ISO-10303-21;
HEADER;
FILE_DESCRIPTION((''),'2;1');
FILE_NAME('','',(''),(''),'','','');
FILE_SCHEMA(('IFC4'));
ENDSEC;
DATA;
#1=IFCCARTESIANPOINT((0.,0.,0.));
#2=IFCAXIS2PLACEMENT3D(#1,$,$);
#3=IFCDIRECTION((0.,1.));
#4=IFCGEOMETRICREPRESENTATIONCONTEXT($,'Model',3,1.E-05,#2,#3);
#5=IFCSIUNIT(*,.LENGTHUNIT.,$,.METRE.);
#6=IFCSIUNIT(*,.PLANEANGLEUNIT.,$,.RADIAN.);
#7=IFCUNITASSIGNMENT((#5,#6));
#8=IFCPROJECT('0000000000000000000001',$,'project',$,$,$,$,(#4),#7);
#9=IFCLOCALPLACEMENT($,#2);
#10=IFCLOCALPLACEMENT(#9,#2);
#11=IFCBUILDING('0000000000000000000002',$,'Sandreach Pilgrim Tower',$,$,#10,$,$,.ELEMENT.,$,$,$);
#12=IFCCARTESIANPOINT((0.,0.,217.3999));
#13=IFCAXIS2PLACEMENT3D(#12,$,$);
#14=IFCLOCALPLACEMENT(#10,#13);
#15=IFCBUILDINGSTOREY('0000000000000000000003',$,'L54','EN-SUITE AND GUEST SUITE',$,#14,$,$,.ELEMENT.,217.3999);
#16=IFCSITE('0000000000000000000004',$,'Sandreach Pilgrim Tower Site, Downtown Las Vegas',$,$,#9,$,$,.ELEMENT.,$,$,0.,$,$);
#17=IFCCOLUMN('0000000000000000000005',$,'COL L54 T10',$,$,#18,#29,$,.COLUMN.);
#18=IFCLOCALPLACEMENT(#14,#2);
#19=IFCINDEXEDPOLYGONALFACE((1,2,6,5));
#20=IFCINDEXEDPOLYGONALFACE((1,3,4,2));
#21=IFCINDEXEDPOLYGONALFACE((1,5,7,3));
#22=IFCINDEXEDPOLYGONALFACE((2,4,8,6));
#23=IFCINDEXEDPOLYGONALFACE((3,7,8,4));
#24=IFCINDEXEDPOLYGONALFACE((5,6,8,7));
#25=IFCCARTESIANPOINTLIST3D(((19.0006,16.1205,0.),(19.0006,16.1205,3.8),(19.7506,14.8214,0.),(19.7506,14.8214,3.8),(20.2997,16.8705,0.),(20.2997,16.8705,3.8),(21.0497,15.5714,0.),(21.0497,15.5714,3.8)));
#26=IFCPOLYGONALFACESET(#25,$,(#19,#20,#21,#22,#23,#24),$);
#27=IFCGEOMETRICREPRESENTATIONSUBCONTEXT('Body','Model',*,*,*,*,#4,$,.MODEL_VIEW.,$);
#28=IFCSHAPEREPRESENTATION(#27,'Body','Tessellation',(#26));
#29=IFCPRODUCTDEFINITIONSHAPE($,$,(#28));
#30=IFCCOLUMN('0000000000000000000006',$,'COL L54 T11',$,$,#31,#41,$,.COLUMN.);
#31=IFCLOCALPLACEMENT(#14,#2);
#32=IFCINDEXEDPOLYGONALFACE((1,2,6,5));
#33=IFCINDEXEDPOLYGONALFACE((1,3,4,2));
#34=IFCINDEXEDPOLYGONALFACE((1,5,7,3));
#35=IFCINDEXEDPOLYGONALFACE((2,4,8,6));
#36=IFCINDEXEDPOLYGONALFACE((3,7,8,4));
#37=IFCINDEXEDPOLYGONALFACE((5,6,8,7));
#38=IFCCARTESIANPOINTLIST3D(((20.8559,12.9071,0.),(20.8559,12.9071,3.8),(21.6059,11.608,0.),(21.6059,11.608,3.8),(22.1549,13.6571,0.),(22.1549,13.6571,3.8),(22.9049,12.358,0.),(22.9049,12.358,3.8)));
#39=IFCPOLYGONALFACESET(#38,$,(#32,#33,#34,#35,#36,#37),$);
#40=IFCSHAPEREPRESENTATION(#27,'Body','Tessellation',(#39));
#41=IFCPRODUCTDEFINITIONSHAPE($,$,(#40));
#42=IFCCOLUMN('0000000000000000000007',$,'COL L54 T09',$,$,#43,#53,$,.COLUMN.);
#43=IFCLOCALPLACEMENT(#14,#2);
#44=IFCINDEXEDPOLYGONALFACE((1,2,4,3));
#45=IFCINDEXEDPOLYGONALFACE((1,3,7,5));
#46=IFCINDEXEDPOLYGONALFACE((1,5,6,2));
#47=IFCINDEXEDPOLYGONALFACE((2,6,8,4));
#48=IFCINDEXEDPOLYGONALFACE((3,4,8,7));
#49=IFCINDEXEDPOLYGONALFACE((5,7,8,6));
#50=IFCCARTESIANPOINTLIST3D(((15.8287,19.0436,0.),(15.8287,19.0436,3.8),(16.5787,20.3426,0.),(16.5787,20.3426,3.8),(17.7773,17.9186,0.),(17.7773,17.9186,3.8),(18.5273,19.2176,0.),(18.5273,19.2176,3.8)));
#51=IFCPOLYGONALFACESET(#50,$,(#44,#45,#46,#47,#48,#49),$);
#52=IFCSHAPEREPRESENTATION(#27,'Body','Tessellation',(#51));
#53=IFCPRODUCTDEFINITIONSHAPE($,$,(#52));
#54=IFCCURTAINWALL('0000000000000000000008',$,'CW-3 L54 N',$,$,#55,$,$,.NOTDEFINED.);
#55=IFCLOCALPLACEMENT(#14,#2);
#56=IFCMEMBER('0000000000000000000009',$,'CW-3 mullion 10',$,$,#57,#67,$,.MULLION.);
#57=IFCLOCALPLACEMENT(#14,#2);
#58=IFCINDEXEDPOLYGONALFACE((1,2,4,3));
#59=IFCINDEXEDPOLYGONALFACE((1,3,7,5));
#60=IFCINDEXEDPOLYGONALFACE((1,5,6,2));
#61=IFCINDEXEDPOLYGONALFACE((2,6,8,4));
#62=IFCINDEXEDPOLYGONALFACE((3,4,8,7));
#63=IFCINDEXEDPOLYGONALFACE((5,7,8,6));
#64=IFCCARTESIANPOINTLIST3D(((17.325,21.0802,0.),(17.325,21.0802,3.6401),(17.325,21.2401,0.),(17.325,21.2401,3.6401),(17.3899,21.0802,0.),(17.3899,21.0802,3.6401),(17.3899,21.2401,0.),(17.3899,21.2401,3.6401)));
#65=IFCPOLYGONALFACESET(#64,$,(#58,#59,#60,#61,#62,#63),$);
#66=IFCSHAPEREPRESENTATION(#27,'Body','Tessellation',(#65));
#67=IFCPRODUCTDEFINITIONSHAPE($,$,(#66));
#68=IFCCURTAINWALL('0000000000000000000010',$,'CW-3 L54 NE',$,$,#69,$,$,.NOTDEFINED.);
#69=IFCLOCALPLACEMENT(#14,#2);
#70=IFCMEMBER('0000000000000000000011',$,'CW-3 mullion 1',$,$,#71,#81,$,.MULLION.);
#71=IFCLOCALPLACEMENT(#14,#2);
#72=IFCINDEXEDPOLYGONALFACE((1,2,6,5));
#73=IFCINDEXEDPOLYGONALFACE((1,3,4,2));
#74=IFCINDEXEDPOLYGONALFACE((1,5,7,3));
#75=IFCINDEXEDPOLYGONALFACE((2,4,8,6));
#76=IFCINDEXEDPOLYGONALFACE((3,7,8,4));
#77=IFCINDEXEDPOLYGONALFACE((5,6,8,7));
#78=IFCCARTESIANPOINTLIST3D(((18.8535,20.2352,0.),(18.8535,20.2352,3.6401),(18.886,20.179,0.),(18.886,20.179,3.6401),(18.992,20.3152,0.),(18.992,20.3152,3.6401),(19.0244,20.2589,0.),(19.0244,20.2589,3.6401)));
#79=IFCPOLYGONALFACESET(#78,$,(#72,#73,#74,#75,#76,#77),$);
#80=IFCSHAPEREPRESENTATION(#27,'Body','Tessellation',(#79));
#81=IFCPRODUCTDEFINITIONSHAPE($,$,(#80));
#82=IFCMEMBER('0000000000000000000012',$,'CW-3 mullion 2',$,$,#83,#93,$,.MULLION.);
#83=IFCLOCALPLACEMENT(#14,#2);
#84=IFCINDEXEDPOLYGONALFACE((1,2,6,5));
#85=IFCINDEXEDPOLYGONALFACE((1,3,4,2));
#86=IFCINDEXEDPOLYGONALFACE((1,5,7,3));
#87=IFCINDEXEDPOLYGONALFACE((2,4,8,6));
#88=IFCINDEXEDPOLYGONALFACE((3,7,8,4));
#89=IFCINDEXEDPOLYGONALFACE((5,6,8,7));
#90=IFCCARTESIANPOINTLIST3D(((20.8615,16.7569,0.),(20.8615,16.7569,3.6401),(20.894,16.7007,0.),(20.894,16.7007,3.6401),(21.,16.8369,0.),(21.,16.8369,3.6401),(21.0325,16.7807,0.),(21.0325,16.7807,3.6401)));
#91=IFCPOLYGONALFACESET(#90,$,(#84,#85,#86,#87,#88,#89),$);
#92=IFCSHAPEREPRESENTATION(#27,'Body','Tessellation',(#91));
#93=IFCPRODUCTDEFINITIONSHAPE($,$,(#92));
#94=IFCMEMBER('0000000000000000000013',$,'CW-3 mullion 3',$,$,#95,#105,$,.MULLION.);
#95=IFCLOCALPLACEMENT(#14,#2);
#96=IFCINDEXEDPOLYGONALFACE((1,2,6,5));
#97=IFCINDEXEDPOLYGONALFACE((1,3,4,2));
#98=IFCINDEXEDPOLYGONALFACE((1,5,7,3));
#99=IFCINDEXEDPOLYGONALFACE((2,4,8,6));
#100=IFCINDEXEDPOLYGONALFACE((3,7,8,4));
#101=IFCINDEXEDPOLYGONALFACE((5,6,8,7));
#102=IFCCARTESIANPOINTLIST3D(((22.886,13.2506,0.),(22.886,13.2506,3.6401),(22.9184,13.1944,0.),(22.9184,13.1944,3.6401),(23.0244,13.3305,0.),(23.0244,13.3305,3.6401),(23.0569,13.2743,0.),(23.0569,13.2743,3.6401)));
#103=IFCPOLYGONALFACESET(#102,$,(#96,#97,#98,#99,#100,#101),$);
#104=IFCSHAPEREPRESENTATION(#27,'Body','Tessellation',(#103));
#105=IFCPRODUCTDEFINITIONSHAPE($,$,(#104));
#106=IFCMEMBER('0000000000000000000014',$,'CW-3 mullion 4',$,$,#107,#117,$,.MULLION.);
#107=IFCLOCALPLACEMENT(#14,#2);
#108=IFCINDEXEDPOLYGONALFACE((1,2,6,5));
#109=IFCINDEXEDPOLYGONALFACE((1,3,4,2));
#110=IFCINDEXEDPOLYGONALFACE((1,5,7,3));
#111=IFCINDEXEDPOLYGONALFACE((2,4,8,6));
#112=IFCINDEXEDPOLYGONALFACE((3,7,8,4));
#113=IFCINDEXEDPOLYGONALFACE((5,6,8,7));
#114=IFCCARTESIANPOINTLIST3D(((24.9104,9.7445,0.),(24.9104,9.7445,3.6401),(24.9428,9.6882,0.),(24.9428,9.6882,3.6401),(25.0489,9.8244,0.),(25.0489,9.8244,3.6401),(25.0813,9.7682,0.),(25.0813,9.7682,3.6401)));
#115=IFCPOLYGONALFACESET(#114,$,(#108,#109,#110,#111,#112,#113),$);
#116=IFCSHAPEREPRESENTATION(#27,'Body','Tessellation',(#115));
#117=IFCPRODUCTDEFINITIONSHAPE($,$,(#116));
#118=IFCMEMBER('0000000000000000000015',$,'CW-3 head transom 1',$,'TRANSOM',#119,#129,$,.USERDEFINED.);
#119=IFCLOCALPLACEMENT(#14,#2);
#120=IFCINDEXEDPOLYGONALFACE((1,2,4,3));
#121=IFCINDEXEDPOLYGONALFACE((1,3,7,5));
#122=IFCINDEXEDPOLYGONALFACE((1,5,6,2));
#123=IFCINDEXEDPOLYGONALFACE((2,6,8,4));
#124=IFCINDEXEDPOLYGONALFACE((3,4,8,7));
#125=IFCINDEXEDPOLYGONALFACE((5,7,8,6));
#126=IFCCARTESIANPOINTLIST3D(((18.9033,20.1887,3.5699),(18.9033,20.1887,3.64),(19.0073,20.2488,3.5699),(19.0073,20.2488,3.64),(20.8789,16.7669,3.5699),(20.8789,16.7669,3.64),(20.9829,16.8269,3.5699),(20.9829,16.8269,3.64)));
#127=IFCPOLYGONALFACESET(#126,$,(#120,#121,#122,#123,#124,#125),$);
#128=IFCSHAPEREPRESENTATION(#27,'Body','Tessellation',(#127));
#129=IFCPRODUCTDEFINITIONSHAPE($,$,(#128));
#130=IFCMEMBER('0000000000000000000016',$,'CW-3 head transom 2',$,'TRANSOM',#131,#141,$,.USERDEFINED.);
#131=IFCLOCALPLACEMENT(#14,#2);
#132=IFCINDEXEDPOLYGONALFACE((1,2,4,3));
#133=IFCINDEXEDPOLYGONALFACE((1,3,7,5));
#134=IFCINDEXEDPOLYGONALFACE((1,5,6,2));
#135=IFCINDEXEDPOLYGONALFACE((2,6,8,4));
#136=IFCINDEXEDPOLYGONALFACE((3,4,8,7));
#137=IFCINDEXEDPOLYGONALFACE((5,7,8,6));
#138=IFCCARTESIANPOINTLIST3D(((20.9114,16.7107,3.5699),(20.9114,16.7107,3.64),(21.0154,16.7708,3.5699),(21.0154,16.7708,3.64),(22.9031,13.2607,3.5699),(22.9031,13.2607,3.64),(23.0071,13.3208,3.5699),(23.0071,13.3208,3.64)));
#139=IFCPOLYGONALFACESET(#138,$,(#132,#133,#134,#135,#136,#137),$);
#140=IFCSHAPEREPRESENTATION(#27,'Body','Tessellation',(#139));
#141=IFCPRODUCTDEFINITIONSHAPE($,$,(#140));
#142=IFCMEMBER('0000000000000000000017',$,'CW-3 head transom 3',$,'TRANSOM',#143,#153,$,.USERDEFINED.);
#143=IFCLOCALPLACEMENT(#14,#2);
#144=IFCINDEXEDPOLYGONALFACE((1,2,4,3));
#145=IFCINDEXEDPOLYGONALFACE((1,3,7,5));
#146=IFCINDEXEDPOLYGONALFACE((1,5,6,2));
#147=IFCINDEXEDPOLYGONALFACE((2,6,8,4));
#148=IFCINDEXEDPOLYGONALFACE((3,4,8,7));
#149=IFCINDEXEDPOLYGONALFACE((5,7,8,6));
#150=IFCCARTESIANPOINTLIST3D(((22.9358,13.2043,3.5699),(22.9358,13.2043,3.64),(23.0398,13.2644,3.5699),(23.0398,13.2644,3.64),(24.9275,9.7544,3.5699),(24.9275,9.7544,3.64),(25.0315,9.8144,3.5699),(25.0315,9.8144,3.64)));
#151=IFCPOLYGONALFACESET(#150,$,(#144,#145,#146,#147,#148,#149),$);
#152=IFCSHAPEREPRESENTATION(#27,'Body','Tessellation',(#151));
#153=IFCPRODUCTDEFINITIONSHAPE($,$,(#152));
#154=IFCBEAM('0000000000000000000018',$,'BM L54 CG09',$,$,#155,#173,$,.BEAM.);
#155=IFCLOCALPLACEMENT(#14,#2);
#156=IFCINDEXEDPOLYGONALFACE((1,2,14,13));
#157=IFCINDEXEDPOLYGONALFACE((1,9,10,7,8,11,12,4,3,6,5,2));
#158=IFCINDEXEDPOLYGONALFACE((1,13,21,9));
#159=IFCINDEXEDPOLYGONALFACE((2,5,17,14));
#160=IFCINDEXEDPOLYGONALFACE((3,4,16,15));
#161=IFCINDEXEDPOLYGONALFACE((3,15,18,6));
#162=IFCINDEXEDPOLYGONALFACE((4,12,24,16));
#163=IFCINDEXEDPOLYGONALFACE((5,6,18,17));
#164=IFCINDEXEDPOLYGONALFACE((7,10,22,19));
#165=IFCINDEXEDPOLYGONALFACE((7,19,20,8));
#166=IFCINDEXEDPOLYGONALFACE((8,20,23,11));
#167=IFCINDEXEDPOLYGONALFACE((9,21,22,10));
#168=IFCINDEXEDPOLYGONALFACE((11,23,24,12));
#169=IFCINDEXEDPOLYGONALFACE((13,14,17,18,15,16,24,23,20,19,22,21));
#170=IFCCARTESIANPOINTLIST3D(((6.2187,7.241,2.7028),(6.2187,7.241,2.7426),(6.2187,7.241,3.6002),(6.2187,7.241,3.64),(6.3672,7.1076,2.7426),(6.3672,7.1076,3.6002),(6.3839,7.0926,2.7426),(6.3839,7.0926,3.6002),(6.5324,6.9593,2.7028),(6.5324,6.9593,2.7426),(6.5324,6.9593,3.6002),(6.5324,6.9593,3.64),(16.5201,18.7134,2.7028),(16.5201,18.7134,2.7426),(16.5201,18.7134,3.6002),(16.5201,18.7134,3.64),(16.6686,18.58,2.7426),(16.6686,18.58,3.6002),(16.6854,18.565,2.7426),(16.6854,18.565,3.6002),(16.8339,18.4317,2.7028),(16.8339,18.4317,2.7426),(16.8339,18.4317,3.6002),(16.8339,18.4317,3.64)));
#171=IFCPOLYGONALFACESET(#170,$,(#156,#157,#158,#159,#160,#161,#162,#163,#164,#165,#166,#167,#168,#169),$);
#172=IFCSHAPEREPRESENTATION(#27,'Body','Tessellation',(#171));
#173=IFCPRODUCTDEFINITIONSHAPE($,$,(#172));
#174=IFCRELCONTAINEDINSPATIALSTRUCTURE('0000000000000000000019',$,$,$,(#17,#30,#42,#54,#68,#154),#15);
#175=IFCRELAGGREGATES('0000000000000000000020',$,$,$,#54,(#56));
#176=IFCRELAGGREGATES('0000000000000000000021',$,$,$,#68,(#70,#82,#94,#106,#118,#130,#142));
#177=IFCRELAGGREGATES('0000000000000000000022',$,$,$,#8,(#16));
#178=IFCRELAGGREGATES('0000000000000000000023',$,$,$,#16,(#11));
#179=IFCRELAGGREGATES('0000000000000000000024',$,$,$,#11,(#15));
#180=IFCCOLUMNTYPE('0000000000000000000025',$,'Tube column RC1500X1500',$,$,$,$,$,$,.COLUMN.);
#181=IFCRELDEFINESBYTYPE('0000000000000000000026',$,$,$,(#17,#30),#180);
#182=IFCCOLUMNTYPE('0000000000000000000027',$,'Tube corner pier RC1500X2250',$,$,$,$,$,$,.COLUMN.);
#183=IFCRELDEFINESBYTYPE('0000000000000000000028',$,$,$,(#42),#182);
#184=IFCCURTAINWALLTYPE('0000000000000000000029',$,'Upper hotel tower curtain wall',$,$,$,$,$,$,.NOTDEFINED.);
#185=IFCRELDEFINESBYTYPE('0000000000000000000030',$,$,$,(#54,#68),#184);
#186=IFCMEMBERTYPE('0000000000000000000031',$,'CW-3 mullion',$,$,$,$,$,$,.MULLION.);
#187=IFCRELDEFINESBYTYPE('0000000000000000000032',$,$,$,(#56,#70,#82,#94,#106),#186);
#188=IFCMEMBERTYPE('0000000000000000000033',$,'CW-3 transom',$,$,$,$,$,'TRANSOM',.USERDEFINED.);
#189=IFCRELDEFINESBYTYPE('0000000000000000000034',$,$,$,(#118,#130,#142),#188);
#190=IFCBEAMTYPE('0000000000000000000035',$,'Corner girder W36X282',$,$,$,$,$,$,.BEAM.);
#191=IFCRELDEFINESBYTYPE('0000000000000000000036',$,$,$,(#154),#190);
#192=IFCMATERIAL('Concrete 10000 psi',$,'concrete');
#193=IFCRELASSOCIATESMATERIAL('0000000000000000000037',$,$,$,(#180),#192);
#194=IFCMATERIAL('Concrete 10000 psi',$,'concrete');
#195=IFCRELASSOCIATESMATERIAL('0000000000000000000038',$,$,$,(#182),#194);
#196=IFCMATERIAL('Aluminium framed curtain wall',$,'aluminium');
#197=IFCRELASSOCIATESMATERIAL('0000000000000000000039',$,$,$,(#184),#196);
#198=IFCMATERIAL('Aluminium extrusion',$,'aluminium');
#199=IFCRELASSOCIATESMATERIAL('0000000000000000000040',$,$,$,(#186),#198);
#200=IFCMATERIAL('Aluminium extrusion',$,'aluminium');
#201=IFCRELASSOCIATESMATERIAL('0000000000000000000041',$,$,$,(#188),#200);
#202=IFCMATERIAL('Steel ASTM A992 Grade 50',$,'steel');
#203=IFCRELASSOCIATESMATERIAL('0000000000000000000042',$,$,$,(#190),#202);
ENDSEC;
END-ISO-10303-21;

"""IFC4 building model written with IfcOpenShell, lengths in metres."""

from ifc_helpers import new_model, si_unit, direction, frame, origin, origin_2d, place, context, subcontext, project, spatial, rectangle, i_section, extrude, material, material_profile, profile_set, type_object, element, aggregate, save


model = new_model("IFC4")

# Units and contexts
model_context = context("Model", 3, precision=1e-05, world=origin(), true_north=direction((0.0, 1.0)))
body_context = subcontext(model_context, "Body", "Model", "MODEL_VIEW")
ifc_project = project(units=[si_unit("LENGTHUNIT", "METRE"), si_unit("PLANEANGLEUNIT", "RADIAN")], contexts=[model_context])

# Site, building, storey
site_placement = place(None, origin())
site = spatial("IfcSite", under=ifc_project, at=site_placement, Name="Sandreach Pilgrim Tower Site, Downtown Las Vegas", CompositionType="ELEMENT", RefElevation=0.0)
building_placement = place(site_placement, origin())
building = spatial("IfcBuilding", under=site, at=building_placement, Name="Sandreach Pilgrim Tower", CompositionType="ELEMENT")
storey_placement = place(building_placement, frame((0.0, 0.0, 217.3999)))
storey = spatial("IfcBuildingStorey", under=building, at=storey_placement, Name="L54", Description="EN-SUITE AND GUEST SUITE", CompositionType="ELEMENT", Elevation=217.3999)

# Columns
ifc_material_1 = material(Name="Concrete 10000 psi", Category="concrete")
ifc_material_profile_1 = material_profile(ifc_material_1, rectangle(XDim=1.5, YDim=1.5, at=origin_2d()), Name="RC1500X1500")
ifc_profile_set_1 = profile_set([ifc_material_profile_1], Name="Concrete 10000 psi")
column_type_1 = type_object("IfcColumnType", Name="Tube column RC1500X1500", PredefinedType="COLUMN", material=ifc_profile_set_1)
for number, where, z_axis, x_axis, name in (
    (1, (20.0251, 15.8459, 0.0), (0.0, 0.0, 1.0), (0.866025, 0.5, 0.0), "COL L54 T10"),
    (2, (21.8804, 12.6326, 0.0), (0.0, 0.0, 1.0), (0.866025, 0.5, 0.0), "COL L54 T11"),
):
    element("IfcColumn", number, at=place(storey_placement, frame(where, z_axis=z_axis, x_axis=x_axis)), inside=storey, type_object=column_type_1, Name=name, PredefinedType="COLUMN", context=body_context, shape_type="SweptSolid", body=[
        extrude(rectangle(XDim=1.5, YDim=1.5, at=origin_2d()), origin(), (0.0, 0.0, 1.0), 3.8),
    ])
ifc_material_2 = material(Name="Concrete 10000 psi", Category="concrete")
ifc_material_profile_2 = material_profile(ifc_material_2, rectangle(XDim=1.5, YDim=2.25, at=origin_2d()), Name="RC1500X2250")
ifc_profile_set_2 = profile_set([ifc_material_profile_2], Name="Concrete 10000 psi")
column_type_2 = type_object("IfcColumnType", Name="Tube corner pier RC1500X2250", PredefinedType="COLUMN", material=ifc_profile_set_2)
column_placement = place(storey_placement, frame((17.178, 19.1306, 0.0), z_axis=(0.0, 0.0, 1.0), x_axis=(0.5, 0.866025, 0.0)))
element("IfcColumn", 3, at=column_placement, inside=storey, type_object=column_type_2, Name="COL L54 T09", PredefinedType="COLUMN", context=body_context, shape_type="SweptSolid", body=[
    extrude(rectangle(XDim=1.5, YDim=2.25, at=origin_2d()), origin(), (0.0, 0.0, 1.0), 3.8),
])

# Curtain wall, member
ifc_material_3 = material(Name="Aluminium framed curtain wall", Category="aluminium")
curtain_wall_type = type_object("IfcCurtainWallType", Name="Upper hotel tower curtain wall", PredefinedType="NOTDEFINED", material=ifc_material_3)
curtain_wall_1_placement = place(storey_placement, origin())
curtain_wall_1 = element("IfcCurtainWall", 4, at=curtain_wall_1_placement, inside=storey, type_object=curtain_wall_type, Name="CW-3 L54 N", PredefinedType="NOTDEFINED")
ifc_material_4 = material(Name="Aluminium extrusion", Category="aluminium")
ifc_material_profile_3 = material_profile(ifc_material_4, rectangle(XDim=0.0649, YDim=0.1599, at=origin_2d()), Name="CW-3M 65X160")
ifc_profile_set_3 = profile_set([ifc_material_profile_3], Name="Aluminium extrusion")
member_type_1 = type_object("IfcMemberType", Name="CW-3 mullion", PredefinedType="MULLION", material=ifc_profile_set_3)
member_1_placement = place(storey_placement, frame((17.3574, 21.1602, 0.0), z_axis=(0.0, 0.0, 1.0), x_axis=(1.0, 0.0, 0.0)))
member_1 = element("IfcMember", 5, at=member_1_placement, type_object=member_type_1, Name="CW-3 mullion 10", PredefinedType="MULLION", context=body_context, shape_type="SweptSolid", body=[
    extrude(rectangle(XDim=0.0649, YDim=0.1599, at=origin_2d()), origin(), (0.0, 0.0, 1.0), 3.6401),
])
aggregate(curtain_wall_1, [member_1])

# Curtain wall, members
curtain_wall_2_placement = place(storey_placement, origin())
curtain_wall_2 = element("IfcCurtainWall", 6, at=curtain_wall_2_placement, inside=storey, type_object=curtain_wall_type, Name="CW-3 L54 NE", PredefinedType="NOTDEFINED")
member_2_placement = place(storey_placement, frame((18.939, 20.2471, 0.0), z_axis=(0.0, 0.0, 1.0), x_axis=(0.5, -0.866025, 0.0)))
member_2 = element("IfcMember", 7, at=member_2_placement, type_object=member_type_1, Name="CW-3 mullion 1", PredefinedType="MULLION", context=body_context, shape_type="SweptSolid", body=[
    extrude(rectangle(XDim=0.0649, YDim=0.1599, at=origin_2d()), origin(), (0.0, 0.0, 1.0), 3.6401),
])
member_3_placement = place(storey_placement, frame((20.947, 16.7688, 0.0), z_axis=(0.0, 0.0, 1.0), x_axis=(0.5, -0.866025, 0.0)))
member_3 = element("IfcMember", 8, at=member_3_placement, type_object=member_type_1, Name="CW-3 mullion 2", PredefinedType="MULLION", context=body_context, shape_type="SweptSolid", body=[
    extrude(rectangle(XDim=0.0649, YDim=0.1599, at=origin_2d()), origin(), (0.0, 0.0, 1.0), 3.6401),
])
member_4_placement = place(storey_placement, frame((22.9714, 13.2625, 0.0), z_axis=(0.0, 0.0, 1.0), x_axis=(0.5, -0.866025, 0.0)))
member_4 = element("IfcMember", 9, at=member_4_placement, type_object=member_type_1, Name="CW-3 mullion 3", PredefinedType="MULLION", context=body_context, shape_type="SweptSolid", body=[
    extrude(rectangle(XDim=0.0649, YDim=0.1599, at=origin_2d()), origin(), (0.0, 0.0, 1.0), 3.6401),
])
member_5_placement = place(storey_placement, frame((24.9958, 9.7563, 0.0), z_axis=(0.0, 0.0, 1.0), x_axis=(0.5, -0.866025, 0.0)))
member_5 = element("IfcMember", 10, at=member_5_placement, type_object=member_type_1, Name="CW-3 mullion 4", PredefinedType="MULLION", context=body_context, shape_type="SweptSolid", body=[
    extrude(rectangle(XDim=0.0649, YDim=0.1599, at=origin_2d()), origin(), (0.0, 0.0, 1.0), 3.6401),
])
ifc_material_5 = material(Name="Aluminium extrusion", Category="aluminium")
ifc_material_profile_4 = material_profile(ifc_material_5, rectangle(XDim=0.1201, YDim=0.0701, at=origin_2d()), Name="CW-3T 120X70")
ifc_profile_set_4 = profile_set([ifc_material_profile_4], Name="Aluminium extrusion")
member_type_2 = type_object("IfcMemberType", Name="CW-3 transom", ElementType="TRANSOM", PredefinedType="USERDEFINED", material=ifc_profile_set_4)
member_6_placement = place(storey_placement, frame((18.9553, 20.2188, 3.605), z_axis=(0.499993, -0.866029, 0.0), x_axis=(0.866029, 0.499993, 0.0)))
member_6 = element("IfcMember", 11, at=member_6_placement, type_object=member_type_2, Name="CW-3 head transom 1", ObjectType="TRANSOM", PredefinedType="USERDEFINED", context=body_context, shape_type="SweptSolid", body=[
    extrude(rectangle(XDim=0.1201, YDim=0.0701, at=origin_2d()), origin(), (0.0, 0.0, 1.0), 3.9512),
])
member_7_placement = place(storey_placement, frame((20.9634, 16.7407, 3.605), z_axis=(0.499975, -0.86604, 0.0), x_axis=(0.86604, 0.499975, 0.0)))
member_7 = element("IfcMember", 12, at=member_7_placement, type_object=member_type_2, Name="CW-3 head transom 2", ObjectType="TRANSOM", PredefinedType="USERDEFINED", context=body_context, shape_type="SweptSolid", body=[
    extrude(rectangle(XDim=0.1201, YDim=0.0701, at=origin_2d()), origin(), (0.0, 0.0, 1.0), 3.9836),
])
member_8_placement = place(storey_placement, frame((22.9878, 13.2344, 3.605), z_axis=(0.499975, -0.86604, 0.0), x_axis=(0.86604, 0.499975, 0.0)))
member_8 = element("IfcMember", 13, at=member_8_placement, type_object=member_type_2, Name="CW-3 head transom 3", ObjectType="TRANSOM", PredefinedType="USERDEFINED", context=body_context, shape_type="SweptSolid", body=[
    extrude(rectangle(XDim=0.1201, YDim=0.0701, at=origin_2d()), origin(), (0.0, 0.0, 1.0), 3.9836),
])

# Beam
ifc_material_6 = material(Name="Steel ASTM A992 Grade 50", Category="steel")
ifc_material_profile_5 = material_profile(ifc_material_6, i_section(OverallWidth=0.4216, OverallDepth=0.9373, WebThickness=0.0225, FlangeThickness=0.0398, at=origin_2d()), Name="W36X282")
ifc_profile_set_5 = profile_set([ifc_material_profile_5], Name="Steel ASTM A992 Grade 50")
beam_type_1 = type_object("IfcBeamType", Name="Corner girder W36X282", PredefinedType="BEAM", material=ifc_profile_set_5)
beam_1_placement = place(storey_placement, frame((16.677, 18.5725, 3.1714), z_axis=(-0.668117, -0.744057, 0.0), x_axis=(0.744057, -0.668117, 0.0)))
element("IfcBeam", 14, at=beam_1_placement, inside=storey, type_object=beam_type_1, Name="BM L54 CG09", PredefinedType="BEAM", context=body_context, shape_type="SweptSolid", body=[
    extrude(i_section(OverallWidth=0.4216, OverallDepth=0.9373, WebThickness=0.0225, FlangeThickness=0.0398, at=origin_2d()), origin(), (0.0, 0.0, 1.0), 15.4187),
])

aggregate(curtain_wall_2, [member_2, member_3, member_4, member_5, member_6, member_7, member_8])

save(model, "model.ifc")
